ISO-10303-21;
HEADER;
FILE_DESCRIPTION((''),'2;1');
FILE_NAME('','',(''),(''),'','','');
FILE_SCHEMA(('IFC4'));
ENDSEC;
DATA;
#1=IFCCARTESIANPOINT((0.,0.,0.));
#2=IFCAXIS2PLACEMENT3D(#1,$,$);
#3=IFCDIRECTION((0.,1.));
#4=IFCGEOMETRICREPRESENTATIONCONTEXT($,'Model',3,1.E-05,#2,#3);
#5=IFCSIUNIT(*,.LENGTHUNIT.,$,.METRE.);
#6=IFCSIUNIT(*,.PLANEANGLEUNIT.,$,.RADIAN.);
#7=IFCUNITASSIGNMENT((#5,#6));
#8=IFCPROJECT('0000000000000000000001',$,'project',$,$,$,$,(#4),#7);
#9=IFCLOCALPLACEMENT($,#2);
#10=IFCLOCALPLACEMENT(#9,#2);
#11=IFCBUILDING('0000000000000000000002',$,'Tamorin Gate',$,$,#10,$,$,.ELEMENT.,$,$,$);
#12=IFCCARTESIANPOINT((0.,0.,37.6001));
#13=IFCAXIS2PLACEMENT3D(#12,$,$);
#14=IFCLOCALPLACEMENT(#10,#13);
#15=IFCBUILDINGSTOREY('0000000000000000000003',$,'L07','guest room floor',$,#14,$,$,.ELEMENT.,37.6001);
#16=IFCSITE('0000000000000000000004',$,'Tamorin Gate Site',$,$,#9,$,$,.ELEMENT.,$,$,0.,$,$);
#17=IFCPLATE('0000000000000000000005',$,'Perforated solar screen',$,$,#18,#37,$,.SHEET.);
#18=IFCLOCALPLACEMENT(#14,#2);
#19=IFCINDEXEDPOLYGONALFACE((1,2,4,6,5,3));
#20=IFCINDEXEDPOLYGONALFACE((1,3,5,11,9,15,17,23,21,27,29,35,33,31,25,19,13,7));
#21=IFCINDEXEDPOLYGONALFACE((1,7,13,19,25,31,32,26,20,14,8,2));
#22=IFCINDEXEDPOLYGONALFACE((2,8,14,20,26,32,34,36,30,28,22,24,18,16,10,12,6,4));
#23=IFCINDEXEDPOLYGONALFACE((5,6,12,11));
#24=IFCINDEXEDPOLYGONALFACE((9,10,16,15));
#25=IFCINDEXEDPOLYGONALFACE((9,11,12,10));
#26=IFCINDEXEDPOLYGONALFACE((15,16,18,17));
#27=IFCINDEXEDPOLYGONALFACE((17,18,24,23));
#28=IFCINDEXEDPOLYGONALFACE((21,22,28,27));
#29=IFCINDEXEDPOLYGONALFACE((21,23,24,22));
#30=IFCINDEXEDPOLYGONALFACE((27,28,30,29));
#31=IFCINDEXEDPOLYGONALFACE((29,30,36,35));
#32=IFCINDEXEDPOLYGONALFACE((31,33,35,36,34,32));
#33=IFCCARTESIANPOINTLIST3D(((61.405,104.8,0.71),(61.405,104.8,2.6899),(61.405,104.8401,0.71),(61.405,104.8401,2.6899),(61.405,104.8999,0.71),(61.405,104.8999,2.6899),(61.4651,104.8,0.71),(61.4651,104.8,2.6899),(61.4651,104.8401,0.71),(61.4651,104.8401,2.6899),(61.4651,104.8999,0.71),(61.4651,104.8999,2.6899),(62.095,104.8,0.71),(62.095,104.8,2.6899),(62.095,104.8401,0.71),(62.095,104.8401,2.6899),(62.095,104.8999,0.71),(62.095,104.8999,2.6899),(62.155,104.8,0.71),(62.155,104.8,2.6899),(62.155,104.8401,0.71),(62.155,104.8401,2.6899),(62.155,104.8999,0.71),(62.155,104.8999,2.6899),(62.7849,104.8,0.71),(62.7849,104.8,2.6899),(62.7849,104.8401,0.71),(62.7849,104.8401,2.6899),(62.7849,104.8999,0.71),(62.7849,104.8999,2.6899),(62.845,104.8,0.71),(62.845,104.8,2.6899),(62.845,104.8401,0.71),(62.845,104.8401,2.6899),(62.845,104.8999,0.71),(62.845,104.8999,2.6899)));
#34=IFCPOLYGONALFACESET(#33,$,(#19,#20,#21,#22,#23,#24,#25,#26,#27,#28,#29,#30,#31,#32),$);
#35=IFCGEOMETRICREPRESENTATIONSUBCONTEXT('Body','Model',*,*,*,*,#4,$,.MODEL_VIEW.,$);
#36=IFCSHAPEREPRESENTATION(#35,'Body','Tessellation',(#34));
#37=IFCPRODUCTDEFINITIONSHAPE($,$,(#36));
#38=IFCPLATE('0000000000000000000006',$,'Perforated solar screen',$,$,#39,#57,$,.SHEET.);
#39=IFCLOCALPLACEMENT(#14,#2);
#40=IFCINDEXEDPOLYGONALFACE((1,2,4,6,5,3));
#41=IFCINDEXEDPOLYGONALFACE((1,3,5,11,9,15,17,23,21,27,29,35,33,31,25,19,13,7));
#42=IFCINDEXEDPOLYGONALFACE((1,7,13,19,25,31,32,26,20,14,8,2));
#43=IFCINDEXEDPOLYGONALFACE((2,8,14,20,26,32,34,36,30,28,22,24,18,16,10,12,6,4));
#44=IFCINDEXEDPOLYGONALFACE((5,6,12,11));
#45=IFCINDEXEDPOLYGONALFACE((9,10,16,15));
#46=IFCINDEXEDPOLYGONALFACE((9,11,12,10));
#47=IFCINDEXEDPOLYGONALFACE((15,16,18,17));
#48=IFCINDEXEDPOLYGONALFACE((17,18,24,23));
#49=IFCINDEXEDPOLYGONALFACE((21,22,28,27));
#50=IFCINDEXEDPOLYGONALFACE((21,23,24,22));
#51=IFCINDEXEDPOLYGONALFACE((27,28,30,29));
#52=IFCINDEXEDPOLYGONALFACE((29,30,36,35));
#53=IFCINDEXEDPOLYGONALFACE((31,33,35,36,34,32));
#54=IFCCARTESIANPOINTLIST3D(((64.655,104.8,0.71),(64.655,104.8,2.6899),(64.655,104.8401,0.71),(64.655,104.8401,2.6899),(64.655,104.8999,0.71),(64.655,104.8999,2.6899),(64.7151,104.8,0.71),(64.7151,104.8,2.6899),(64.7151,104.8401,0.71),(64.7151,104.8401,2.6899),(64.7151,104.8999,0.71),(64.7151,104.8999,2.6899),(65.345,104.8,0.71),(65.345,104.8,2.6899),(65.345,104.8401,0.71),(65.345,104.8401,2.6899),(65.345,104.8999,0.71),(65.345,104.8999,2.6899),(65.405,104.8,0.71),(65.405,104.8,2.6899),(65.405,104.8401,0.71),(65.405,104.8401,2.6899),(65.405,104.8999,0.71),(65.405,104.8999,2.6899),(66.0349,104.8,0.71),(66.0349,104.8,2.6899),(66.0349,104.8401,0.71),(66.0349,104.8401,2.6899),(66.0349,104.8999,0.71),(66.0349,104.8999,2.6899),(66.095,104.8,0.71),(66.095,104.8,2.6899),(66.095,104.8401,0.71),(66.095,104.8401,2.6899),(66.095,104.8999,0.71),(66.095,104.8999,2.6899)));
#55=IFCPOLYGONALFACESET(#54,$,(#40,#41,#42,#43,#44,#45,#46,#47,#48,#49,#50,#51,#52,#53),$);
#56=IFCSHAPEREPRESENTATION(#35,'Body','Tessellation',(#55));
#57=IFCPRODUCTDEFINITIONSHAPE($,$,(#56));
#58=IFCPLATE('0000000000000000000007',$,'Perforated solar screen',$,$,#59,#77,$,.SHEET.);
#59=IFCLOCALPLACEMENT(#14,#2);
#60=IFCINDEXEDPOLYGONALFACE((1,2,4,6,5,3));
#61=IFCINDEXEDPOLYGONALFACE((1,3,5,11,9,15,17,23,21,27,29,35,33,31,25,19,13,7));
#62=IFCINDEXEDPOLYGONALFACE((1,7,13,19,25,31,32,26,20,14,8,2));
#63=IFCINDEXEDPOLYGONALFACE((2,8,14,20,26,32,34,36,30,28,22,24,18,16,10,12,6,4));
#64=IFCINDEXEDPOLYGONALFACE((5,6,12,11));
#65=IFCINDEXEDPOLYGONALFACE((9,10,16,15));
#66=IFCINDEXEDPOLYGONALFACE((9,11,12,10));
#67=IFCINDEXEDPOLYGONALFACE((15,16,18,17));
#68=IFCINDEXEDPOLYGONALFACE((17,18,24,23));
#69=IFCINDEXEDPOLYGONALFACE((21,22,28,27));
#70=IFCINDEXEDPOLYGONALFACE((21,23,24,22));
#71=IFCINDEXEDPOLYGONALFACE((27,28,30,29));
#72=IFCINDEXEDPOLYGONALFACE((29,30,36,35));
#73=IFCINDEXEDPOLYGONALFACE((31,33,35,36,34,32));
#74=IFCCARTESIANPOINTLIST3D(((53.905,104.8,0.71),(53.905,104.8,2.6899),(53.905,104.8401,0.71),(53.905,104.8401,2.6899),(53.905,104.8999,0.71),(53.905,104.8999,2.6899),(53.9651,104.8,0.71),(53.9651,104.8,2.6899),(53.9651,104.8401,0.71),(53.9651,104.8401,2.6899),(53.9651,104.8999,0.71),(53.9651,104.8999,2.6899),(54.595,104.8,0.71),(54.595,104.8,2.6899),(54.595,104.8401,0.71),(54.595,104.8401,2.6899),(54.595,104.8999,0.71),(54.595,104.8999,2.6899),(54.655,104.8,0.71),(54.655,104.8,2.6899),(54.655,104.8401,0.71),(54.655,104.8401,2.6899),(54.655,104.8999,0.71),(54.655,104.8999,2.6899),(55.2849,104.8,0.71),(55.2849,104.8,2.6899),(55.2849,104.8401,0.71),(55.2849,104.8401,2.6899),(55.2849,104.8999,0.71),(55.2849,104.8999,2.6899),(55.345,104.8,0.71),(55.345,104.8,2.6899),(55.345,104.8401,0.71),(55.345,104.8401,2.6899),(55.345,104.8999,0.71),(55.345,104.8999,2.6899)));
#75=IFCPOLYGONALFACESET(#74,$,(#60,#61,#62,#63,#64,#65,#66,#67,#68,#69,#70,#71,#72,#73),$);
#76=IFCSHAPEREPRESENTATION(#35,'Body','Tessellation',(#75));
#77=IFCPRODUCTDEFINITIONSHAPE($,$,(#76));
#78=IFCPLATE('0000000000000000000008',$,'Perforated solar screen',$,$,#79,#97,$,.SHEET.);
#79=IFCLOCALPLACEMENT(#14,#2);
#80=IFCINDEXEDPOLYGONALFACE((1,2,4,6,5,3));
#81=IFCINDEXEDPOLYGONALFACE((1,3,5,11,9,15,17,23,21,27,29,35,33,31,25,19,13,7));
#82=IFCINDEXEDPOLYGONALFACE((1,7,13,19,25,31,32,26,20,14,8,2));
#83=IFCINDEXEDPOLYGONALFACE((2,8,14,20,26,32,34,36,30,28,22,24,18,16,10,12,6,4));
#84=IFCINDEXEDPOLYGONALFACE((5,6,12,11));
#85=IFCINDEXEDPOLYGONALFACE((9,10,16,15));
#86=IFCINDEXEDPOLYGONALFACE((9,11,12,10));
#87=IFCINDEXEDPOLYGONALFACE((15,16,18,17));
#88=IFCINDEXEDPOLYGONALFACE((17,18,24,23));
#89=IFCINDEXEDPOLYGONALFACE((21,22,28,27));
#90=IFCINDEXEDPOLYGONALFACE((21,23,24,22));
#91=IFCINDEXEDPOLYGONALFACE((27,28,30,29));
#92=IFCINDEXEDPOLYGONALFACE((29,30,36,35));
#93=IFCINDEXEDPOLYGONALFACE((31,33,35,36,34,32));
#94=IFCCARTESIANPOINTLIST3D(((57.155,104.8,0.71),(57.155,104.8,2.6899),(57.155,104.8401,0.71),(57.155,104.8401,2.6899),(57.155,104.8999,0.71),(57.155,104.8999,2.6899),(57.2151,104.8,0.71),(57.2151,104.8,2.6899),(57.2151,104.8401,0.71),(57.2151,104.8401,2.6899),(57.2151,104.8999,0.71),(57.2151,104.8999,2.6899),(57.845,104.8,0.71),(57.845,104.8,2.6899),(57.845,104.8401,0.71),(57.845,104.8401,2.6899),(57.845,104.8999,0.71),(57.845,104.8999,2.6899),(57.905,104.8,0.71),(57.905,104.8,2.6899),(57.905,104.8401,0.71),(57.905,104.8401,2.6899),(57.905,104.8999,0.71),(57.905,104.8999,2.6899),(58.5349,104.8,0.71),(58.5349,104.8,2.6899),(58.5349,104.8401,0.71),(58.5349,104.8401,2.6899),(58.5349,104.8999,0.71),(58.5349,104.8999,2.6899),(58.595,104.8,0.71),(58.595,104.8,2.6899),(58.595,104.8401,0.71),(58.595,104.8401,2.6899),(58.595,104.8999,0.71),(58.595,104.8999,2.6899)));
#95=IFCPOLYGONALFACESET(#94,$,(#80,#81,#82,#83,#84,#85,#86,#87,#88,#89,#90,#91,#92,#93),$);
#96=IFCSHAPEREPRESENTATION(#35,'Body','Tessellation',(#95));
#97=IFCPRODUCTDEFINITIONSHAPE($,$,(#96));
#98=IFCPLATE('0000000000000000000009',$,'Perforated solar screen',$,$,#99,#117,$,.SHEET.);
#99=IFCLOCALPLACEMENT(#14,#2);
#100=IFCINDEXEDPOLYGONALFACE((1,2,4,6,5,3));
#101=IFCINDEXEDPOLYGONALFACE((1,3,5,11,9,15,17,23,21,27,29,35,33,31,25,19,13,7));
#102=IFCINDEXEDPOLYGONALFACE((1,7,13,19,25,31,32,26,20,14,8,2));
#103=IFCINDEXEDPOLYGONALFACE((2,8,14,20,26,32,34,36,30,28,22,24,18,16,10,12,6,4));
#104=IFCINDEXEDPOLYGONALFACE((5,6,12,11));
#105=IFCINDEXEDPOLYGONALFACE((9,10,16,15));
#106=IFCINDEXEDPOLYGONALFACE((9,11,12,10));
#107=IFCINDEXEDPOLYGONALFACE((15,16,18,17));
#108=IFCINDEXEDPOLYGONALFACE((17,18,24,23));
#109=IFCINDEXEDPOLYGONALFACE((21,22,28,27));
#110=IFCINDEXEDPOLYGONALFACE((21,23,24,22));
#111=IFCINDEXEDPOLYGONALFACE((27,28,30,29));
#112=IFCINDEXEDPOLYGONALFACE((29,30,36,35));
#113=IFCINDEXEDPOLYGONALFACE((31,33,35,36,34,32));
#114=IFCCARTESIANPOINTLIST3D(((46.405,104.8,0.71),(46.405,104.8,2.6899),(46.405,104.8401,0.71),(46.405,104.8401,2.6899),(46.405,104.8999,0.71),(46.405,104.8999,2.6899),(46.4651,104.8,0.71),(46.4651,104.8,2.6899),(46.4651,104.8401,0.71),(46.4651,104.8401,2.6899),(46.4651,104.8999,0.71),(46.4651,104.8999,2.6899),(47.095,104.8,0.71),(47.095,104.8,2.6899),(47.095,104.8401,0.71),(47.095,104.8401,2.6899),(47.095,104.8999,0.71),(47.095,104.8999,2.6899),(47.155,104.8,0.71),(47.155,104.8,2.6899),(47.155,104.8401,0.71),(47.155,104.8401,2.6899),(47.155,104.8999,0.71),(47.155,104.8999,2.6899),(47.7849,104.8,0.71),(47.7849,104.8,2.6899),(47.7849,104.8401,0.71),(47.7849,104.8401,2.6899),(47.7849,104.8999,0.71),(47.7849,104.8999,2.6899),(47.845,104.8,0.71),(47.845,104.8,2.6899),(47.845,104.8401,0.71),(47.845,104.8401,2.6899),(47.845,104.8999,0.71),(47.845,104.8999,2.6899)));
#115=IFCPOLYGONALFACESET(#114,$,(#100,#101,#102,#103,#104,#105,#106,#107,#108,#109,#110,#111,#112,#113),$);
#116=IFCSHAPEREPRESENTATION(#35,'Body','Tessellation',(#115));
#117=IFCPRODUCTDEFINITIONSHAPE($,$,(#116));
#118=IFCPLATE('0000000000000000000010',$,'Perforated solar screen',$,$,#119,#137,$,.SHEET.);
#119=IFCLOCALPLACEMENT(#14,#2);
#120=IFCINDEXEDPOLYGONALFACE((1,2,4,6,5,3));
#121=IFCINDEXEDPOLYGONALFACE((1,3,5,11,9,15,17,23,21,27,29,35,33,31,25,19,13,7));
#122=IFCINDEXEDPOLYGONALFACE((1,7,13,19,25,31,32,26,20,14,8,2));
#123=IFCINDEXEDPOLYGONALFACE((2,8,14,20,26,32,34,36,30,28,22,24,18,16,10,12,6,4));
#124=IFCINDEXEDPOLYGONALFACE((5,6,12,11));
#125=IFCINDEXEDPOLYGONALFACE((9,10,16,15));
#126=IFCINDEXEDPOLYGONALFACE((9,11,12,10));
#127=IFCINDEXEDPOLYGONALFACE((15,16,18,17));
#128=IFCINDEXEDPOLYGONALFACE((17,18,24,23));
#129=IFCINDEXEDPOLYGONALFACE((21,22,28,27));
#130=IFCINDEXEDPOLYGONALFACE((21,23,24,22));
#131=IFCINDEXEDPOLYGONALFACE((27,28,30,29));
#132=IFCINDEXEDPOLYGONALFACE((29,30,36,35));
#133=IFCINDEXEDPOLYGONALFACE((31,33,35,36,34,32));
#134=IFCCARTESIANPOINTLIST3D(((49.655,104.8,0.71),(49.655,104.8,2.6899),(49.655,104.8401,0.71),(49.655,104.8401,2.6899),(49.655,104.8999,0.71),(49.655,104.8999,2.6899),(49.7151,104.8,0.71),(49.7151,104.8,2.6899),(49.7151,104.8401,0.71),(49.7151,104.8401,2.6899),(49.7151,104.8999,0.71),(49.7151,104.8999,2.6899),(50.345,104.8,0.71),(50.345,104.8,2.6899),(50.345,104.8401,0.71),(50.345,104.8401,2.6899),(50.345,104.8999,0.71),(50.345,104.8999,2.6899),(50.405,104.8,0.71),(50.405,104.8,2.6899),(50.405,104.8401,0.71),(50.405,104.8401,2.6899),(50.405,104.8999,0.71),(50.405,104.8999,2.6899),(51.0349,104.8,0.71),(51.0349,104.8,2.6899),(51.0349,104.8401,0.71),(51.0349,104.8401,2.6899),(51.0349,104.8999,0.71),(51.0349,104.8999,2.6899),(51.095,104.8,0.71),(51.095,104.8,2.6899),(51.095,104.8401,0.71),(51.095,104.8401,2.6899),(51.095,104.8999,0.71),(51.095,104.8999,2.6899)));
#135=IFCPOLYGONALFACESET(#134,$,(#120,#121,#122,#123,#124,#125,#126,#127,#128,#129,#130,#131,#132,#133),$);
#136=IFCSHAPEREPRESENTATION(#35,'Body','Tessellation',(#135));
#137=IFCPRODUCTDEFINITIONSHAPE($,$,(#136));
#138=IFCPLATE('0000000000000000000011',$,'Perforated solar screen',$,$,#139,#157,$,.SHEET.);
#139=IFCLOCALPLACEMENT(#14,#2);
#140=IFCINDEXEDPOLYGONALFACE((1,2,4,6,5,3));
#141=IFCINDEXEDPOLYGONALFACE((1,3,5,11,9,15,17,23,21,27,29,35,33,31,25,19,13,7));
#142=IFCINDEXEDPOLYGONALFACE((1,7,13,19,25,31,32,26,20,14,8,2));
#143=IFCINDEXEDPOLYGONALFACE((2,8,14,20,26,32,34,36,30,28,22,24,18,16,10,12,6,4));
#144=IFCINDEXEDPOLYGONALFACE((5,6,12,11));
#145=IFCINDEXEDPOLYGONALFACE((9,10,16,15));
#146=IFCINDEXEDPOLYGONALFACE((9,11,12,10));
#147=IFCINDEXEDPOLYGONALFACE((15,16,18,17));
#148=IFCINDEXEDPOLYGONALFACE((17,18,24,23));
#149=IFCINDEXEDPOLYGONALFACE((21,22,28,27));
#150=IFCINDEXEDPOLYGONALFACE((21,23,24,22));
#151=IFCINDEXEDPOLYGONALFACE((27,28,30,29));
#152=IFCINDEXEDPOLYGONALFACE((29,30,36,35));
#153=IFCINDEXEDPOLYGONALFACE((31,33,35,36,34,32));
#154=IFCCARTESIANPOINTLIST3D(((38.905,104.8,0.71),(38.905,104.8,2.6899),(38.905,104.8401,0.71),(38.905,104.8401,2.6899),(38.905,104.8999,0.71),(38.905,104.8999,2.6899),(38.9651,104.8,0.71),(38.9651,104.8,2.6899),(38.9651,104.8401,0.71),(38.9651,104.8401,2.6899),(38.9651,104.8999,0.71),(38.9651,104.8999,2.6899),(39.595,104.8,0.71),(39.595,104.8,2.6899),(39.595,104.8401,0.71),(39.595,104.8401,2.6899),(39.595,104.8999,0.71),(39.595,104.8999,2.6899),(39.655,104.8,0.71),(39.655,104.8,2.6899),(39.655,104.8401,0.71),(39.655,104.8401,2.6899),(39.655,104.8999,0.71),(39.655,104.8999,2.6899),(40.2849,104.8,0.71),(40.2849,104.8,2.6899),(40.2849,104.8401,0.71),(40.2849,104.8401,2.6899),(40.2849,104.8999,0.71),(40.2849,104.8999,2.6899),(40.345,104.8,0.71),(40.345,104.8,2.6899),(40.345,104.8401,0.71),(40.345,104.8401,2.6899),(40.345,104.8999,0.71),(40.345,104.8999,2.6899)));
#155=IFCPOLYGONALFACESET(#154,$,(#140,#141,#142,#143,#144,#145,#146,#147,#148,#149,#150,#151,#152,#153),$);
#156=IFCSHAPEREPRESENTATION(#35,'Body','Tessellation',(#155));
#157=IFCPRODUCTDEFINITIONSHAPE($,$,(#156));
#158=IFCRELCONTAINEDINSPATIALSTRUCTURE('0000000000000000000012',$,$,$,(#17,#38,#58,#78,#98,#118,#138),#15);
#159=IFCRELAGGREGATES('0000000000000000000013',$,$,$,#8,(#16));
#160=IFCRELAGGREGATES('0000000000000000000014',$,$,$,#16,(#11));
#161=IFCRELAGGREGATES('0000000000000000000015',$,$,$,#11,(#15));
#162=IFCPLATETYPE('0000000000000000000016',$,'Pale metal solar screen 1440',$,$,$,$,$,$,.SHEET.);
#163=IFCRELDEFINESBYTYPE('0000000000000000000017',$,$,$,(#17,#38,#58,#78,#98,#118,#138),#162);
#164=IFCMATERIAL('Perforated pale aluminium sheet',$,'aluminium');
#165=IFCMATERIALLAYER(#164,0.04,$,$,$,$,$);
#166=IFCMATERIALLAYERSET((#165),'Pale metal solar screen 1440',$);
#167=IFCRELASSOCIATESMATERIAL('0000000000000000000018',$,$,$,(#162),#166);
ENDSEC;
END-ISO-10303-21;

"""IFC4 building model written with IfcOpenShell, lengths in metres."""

from ifc_helpers import new_model, si_unit, direction, frame, origin, place, context, subcontext, project, spatial, polyline, outline, extrude, material, layer, layer_set, type_object, element, save


model = new_model("IFC4")

# Units and contexts
model_context = context("Model", 3, precision=1e-05, world=origin(), true_north=direction((0.0, 1.0)))
body_context = subcontext(model_context, "Body", "Model", "MODEL_VIEW")
ifc_project = project(units=[si_unit("LENGTHUNIT", "METRE"), si_unit("PLANEANGLEUNIT", "RADIAN")], contexts=[model_context])

# Site, building, storey
site_placement = place(None, origin())
site = spatial("IfcSite", under=ifc_project, at=site_placement, Name="Tamorin Gate Site", CompositionType="ELEMENT", RefElevation=0.0)
building_placement = place(site_placement, origin())
building = spatial("IfcBuilding", under=site, at=building_placement, Name="Tamorin Gate", CompositionType="ELEMENT")
storey_placement = place(building_placement, frame((0.0, 0.0, 37.6001)))
storey = spatial("IfcBuildingStorey", under=building, at=storey_placement, Name="L07", Description="guest room floor", CompositionType="ELEMENT", Elevation=37.6001)

# Plates
ifc_material = material(Name="Perforated pale aluminium sheet", Category="aluminium")
ifc_layer = layer(ifc_material, 0.04)
ifc_layer_set = layer_set([ifc_layer], Name="Pale metal solar screen 1440")
plate_type = type_object("IfcPlateType", Name="Pale metal solar screen 1440", PredefinedType="SHEET", material=ifc_layer_set)
plate_1_placement = place(storey_placement, frame((0.0, 0.0, 0.71)))
element("IfcPlate", 1, at=plate_1_placement, inside=storey, type_object=plate_type, Name="Perforated solar screen", PredefinedType="SHEET", context=body_context, shape_type="SweptSolid", body=[
    extrude(outline(polyline([(62.845, 104.8401), (62.845, 104.8), (62.7849, 104.8), (62.155, 104.8), (62.095, 104.8), (61.4651, 104.8), (61.405, 104.8), (61.405, 104.8401), (61.405, 104.8999), (61.4651, 104.8999), (61.4651, 104.8401), (62.095, 104.8401), (62.095, 104.8999), (62.155, 104.8999), (62.155, 104.8401), (62.7849, 104.8401), (62.7849, 104.8999), (62.845, 104.8999), (62.845, 104.8401)])), origin(), (0.0, 0.0, 1.0), 1.98),
])
plate_2_placement = place(storey_placement, frame((0.0, 0.0, 0.71)))
element("IfcPlate", 2, at=plate_2_placement, inside=storey, type_object=plate_type, Name="Perforated solar screen", PredefinedType="SHEET", context=body_context, shape_type="SweptSolid", body=[
    extrude(outline(polyline([(66.095, 104.8401), (66.095, 104.8), (66.0349, 104.8), (65.405, 104.8), (65.345, 104.8), (64.7151, 104.8), (64.655, 104.8), (64.655, 104.8401), (64.655, 104.8999), (64.7151, 104.8999), (64.7151, 104.8401), (65.345, 104.8401), (65.345, 104.8999), (65.405, 104.8999), (65.405, 104.8401), (66.0349, 104.8401), (66.0349, 104.8999), (66.095, 104.8999), (66.095, 104.8401)])), origin(), (0.0, 0.0, 1.0), 1.98),
])
plate_3_placement = place(storey_placement, frame((0.0, 0.0, 0.71)))
element("IfcPlate", 3, at=plate_3_placement, inside=storey, type_object=plate_type, Name="Perforated solar screen", PredefinedType="SHEET", context=body_context, shape_type="SweptSolid", body=[
    extrude(outline(polyline([(55.345, 104.8401), (55.345, 104.8), (55.2849, 104.8), (54.655, 104.8), (54.595, 104.8), (53.9651, 104.8), (53.905, 104.8), (53.905, 104.8401), (53.905, 104.8999), (53.9651, 104.8999), (53.9651, 104.8401), (54.595, 104.8401), (54.595, 104.8999), (54.655, 104.8999), (54.655, 104.8401), (55.2849, 104.8401), (55.2849, 104.8999), (55.345, 104.8999), (55.345, 104.8401)])), origin(), (0.0, 0.0, 1.0), 1.98),
])
plate_4_placement = place(storey_placement, frame((0.0, 0.0, 0.71)))
element("IfcPlate", 4, at=plate_4_placement, inside=storey, type_object=plate_type, Name="Perforated solar screen", PredefinedType="SHEET", context=body_context, shape_type="SweptSolid", body=[
    extrude(outline(polyline([(58.595, 104.8401), (58.595, 104.8), (58.5349, 104.8), (57.905, 104.8), (57.845, 104.8), (57.2151, 104.8), (57.155, 104.8), (57.155, 104.8401), (57.155, 104.8999), (57.2151, 104.8999), (57.2151, 104.8401), (57.845, 104.8401), (57.845, 104.8999), (57.905, 104.8999), (57.905, 104.8401), (58.5349, 104.8401), (58.5349, 104.8999), (58.595, 104.8999), (58.595, 104.8401)])), origin(), (0.0, 0.0, 1.0), 1.98),
])
plate_5_placement = place(storey_placement, frame((0.0, 0.0, 0.71)))
element("IfcPlate", 5, at=plate_5_placement, inside=storey, type_object=plate_type, Name="Perforated solar screen", PredefinedType="SHEET", context=body_context, shape_type="SweptSolid", body=[
    extrude(outline(polyline([(47.845, 104.8401), (47.845, 104.8), (47.7849, 104.8), (47.155, 104.8), (47.095, 104.8), (46.4651, 104.8), (46.405, 104.8), (46.405, 104.8401), (46.405, 104.8999), (46.4651, 104.8999), (46.4651, 104.8401), (47.095, 104.8401), (47.095, 104.8999), (47.155, 104.8999), (47.155, 104.8401), (47.7849, 104.8401), (47.7849, 104.8999), (47.845, 104.8999), (47.845, 104.8401)])), origin(), (0.0, 0.0, 1.0), 1.98),
])
plate_6_placement = place(storey_placement, frame((0.0, 0.0, 0.71)))
element("IfcPlate", 6, at=plate_6_placement, inside=storey, type_object=plate_type, Name="Perforated solar screen", PredefinedType="SHEET", context=body_context, shape_type="SweptSolid", body=[
    extrude(outline(polyline([(51.095, 104.8401), (51.095, 104.8), (51.0349, 104.8), (50.405, 104.8), (50.345, 104.8), (49.7151, 104.8), (49.655, 104.8), (49.655, 104.8401), (49.655, 104.8999), (49.7151, 104.8999), (49.7151, 104.8401), (50.345, 104.8401), (50.345, 104.8999), (50.405, 104.8999), (50.405, 104.8401), (51.0349, 104.8401), (51.0349, 104.8999), (51.095, 104.8999), (51.095, 104.8401)])), origin(), (0.0, 0.0, 1.0), 1.98),
])
plate_7_placement = place(storey_placement, frame((0.0, 0.0, 0.71)))
element("IfcPlate", 7, at=plate_7_placement, inside=storey, type_object=plate_type, Name="Perforated solar screen", PredefinedType="SHEET", context=body_context, shape_type="SweptSolid", body=[
    extrude(outline(polyline([(40.345, 104.8401), (40.345, 104.8), (40.2849, 104.8), (39.655, 104.8), (39.595, 104.8), (38.9651, 104.8), (38.905, 104.8), (38.905, 104.8401), (38.905, 104.8999), (38.9651, 104.8999), (38.9651, 104.8401), (39.595, 104.8401), (39.595, 104.8999), (39.655, 104.8999), (39.655, 104.8401), (40.2849, 104.8401), (40.2849, 104.8999), (40.345, 104.8999), (40.345, 104.8401)])), origin(), (0.0, 0.0, 1.0), 1.98),
])

save(model, "model.ifc")
